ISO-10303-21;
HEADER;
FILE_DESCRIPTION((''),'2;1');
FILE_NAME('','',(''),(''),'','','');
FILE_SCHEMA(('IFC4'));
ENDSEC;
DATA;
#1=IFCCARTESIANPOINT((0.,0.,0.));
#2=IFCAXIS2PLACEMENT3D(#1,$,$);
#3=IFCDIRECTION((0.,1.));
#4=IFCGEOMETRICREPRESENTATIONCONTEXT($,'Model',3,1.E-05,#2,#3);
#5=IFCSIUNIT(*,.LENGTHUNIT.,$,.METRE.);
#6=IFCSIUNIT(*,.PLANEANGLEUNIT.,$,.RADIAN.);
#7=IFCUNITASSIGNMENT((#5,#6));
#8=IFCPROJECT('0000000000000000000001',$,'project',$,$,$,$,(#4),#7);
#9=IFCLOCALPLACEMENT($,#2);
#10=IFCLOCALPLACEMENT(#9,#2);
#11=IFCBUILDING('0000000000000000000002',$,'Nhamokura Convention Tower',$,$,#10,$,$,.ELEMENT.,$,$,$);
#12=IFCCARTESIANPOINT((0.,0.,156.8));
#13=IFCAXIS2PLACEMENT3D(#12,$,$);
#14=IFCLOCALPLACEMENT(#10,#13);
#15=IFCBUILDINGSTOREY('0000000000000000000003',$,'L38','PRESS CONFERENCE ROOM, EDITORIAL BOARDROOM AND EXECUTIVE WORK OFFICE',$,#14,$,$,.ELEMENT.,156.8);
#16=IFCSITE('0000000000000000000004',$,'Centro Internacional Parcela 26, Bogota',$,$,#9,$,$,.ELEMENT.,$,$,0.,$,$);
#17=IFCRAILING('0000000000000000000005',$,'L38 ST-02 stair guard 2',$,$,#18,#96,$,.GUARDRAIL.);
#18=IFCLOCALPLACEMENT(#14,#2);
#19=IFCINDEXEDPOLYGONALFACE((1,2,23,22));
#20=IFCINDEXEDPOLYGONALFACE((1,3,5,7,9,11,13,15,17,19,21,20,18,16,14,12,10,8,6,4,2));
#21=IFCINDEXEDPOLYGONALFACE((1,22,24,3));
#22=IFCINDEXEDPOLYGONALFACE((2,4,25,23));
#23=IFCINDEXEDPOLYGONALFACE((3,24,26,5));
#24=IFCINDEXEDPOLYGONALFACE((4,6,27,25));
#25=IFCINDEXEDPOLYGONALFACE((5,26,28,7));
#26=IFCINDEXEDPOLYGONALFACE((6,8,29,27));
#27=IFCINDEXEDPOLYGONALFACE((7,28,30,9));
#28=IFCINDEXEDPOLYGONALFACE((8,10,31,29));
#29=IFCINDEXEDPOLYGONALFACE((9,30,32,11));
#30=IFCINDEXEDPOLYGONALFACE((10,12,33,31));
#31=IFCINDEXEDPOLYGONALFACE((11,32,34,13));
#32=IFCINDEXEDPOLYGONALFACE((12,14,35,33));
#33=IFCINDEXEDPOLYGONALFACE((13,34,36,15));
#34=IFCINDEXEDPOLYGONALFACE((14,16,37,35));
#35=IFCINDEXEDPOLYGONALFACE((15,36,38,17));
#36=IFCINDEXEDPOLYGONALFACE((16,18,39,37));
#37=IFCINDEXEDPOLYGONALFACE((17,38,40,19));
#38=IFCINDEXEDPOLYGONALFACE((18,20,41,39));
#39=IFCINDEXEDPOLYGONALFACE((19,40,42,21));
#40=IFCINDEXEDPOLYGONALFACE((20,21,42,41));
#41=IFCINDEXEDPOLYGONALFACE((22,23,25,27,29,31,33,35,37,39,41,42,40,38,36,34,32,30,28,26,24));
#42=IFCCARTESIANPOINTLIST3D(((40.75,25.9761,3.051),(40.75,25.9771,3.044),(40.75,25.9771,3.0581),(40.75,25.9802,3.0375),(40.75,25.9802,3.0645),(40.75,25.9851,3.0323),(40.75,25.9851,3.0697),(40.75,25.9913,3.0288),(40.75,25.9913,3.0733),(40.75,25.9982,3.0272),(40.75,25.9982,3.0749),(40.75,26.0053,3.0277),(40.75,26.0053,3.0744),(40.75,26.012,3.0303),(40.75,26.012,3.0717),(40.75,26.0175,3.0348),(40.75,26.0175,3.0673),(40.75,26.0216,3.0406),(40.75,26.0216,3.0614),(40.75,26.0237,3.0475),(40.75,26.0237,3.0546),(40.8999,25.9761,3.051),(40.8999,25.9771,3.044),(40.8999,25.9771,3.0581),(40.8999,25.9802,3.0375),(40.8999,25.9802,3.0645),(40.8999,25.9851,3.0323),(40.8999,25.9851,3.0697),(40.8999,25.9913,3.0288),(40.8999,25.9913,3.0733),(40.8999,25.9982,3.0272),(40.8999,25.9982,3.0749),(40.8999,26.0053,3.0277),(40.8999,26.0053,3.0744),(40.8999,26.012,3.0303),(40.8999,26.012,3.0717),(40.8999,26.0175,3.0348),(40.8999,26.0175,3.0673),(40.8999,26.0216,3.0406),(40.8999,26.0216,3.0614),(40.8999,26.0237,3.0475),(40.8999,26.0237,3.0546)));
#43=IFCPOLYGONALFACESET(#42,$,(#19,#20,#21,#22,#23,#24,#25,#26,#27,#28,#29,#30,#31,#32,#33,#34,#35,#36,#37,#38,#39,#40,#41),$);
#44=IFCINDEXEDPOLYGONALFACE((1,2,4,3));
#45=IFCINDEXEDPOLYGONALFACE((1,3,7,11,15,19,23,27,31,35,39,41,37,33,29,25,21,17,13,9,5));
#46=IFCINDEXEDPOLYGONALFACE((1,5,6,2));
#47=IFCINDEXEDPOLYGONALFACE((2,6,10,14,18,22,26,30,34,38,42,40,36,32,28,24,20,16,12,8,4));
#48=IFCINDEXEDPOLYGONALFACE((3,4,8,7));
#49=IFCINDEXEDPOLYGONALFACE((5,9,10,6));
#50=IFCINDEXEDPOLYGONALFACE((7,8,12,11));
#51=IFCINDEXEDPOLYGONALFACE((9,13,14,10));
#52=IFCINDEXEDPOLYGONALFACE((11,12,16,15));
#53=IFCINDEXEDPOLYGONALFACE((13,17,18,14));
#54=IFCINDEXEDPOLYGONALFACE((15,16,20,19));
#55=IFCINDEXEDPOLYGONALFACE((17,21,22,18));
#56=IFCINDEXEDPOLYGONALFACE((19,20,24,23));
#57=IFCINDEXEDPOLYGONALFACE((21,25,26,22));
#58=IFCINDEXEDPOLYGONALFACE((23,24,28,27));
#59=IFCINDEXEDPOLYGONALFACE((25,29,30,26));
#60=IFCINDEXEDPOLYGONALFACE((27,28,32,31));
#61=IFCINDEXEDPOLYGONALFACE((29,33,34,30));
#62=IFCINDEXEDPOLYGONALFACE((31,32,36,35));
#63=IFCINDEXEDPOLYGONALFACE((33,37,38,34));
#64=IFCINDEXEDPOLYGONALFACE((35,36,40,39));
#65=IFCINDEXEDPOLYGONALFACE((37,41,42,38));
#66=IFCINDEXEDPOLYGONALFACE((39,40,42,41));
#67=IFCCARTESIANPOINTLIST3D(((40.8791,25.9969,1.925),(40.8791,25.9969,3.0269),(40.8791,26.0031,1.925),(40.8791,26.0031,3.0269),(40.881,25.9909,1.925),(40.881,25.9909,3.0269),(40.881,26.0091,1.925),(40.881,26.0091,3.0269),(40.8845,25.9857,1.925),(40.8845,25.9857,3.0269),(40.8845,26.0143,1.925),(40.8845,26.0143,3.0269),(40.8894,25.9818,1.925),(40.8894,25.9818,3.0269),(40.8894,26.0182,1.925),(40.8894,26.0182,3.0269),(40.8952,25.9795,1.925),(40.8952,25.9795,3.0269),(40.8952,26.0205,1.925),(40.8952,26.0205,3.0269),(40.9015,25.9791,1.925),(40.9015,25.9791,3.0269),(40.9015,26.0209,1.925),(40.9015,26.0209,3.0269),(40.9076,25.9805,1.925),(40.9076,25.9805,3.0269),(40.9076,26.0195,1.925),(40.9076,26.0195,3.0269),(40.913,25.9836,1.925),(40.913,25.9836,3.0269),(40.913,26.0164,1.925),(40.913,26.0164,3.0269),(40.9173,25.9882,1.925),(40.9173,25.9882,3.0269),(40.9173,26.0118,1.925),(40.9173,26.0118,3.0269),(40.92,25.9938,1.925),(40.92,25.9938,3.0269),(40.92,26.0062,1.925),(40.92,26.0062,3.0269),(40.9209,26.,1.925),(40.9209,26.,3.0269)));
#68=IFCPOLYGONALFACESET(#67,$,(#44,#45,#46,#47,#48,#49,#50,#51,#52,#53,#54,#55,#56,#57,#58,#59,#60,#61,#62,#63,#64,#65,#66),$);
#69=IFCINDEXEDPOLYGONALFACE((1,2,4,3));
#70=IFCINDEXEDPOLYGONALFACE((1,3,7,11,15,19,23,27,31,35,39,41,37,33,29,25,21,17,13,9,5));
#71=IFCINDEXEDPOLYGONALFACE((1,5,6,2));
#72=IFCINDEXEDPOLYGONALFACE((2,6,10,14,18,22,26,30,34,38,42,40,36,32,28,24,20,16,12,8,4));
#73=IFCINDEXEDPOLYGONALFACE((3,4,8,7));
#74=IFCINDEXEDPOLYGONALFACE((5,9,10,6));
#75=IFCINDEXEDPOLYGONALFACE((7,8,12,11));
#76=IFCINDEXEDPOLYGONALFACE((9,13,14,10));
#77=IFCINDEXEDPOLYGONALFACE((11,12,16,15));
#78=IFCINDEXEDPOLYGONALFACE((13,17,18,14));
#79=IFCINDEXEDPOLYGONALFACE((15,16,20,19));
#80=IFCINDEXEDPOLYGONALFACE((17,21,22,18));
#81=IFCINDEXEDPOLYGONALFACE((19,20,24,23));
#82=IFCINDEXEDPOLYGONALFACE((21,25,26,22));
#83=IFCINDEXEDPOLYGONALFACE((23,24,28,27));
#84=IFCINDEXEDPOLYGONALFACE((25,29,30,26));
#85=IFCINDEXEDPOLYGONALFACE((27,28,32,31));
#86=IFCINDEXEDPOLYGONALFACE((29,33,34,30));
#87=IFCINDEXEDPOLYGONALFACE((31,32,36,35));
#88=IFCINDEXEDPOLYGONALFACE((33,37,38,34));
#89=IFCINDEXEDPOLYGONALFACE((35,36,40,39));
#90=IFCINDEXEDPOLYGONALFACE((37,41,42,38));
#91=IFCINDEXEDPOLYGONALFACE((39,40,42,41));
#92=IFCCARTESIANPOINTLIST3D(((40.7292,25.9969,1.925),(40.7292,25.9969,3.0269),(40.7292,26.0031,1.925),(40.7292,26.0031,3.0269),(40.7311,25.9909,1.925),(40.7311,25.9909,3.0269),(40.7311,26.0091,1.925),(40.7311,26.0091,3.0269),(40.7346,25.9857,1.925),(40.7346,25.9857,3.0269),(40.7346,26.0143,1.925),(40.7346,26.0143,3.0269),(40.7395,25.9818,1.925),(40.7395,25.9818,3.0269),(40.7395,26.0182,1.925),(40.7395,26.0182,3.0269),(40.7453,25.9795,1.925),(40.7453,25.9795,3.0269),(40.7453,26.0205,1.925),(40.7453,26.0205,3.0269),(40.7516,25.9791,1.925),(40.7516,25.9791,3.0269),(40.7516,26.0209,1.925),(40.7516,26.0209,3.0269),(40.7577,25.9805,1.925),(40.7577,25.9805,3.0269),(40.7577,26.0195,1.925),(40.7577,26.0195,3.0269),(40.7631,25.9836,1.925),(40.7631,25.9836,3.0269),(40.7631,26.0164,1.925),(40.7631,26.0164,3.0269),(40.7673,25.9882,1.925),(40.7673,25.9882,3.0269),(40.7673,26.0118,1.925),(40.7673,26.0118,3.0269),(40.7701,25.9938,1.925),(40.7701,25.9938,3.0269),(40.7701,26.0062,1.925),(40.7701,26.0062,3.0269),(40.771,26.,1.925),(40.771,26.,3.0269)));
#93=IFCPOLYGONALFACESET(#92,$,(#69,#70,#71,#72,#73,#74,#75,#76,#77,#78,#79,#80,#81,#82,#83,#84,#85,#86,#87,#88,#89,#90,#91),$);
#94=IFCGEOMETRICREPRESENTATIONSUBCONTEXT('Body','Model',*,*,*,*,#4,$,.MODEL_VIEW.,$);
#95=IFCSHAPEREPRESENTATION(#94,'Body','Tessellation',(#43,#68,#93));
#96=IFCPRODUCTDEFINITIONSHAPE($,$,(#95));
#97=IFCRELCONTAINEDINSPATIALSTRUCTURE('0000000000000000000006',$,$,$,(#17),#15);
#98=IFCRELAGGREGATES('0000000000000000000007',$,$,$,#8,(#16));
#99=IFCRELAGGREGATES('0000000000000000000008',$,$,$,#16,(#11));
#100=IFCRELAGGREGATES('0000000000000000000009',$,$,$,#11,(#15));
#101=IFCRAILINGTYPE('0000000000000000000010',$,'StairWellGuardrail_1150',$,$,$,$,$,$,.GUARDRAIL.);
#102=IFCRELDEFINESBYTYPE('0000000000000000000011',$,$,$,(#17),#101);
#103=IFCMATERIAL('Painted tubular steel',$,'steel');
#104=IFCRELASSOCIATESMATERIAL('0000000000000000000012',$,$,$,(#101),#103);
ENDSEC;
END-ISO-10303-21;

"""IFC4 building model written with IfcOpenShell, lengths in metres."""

from ifc_helpers import new_model, si_unit, direction, frame, origin, origin_2d, place, context, subcontext, project, spatial, circle, extrude, material, type_object, element, save


model = new_model("IFC4")

# Units and contexts
model_context = context("Model", 3, precision=1e-05, world=origin(), true_north=direction((0.0, 1.0)))
body_context = subcontext(model_context, "Body", "Model", "MODEL_VIEW")
ifc_project = project(units=[si_unit("LENGTHUNIT", "METRE"), si_unit("PLANEANGLEUNIT", "RADIAN")], contexts=[model_context])

# Site, building, storey
site_placement = place(None, origin())
site = spatial("IfcSite", under=ifc_project, at=site_placement, Name="Centro Internacional Parcela 26, Bogota", CompositionType="ELEMENT", RefElevation=0.0)
building_placement = place(site_placement, origin())
building = spatial("IfcBuilding", under=site, at=building_placement, Name="Nhamokura Convention Tower", CompositionType="ELEMENT")
storey_placement = place(building_placement, frame((0.0, 0.0, 156.8)))
storey = spatial("IfcBuildingStorey", under=building, at=storey_placement, Name="L38", Description="PRESS CONFERENCE ROOM, EDITORIAL BOARDROOM AND EXECUTIVE WORK OFFICE", CompositionType="ELEMENT", Elevation=156.8)

# Railing
ifc_material_1 = material(Name="Painted tubular steel", Category="steel")
railing_type_1 = type_object("IfcRailingType", Name="StairWellGuardrail_1150", PredefinedType="GUARDRAIL", material=ifc_material_1)
railing_1_placement = place(storey_placement, frame((40.8999, 26.0, 1.925)))
element("IfcRailing", 1, at=railing_1_placement, inside=storey, type_object=railing_type_1, Name="L38 ST-02 stair guard 2", PredefinedType="GUARDRAIL", context=body_context, shape_type="SweptSolid", body=[
    extrude(circle(Radius=0.0239, at=origin_2d()), frame((0.0, 0.0, 1.126), z_axis=(-1.0, 0.0, 0.0), x_axis=(0.0, -1.0, 0.0)), (0.0, 0.0, 1.0), 0.1499),
    extrude(circle(Radius=0.021, at=origin_2d()), origin(), (0.0, 0.0, 1.0), 1.1018),
    extrude(circle(Radius=0.021, at=origin_2d()), frame((-0.1499, 0.0, 0.0)), (0.0, 0.0, 1.0), 1.1018),
])

save(model, "model.ifc")
